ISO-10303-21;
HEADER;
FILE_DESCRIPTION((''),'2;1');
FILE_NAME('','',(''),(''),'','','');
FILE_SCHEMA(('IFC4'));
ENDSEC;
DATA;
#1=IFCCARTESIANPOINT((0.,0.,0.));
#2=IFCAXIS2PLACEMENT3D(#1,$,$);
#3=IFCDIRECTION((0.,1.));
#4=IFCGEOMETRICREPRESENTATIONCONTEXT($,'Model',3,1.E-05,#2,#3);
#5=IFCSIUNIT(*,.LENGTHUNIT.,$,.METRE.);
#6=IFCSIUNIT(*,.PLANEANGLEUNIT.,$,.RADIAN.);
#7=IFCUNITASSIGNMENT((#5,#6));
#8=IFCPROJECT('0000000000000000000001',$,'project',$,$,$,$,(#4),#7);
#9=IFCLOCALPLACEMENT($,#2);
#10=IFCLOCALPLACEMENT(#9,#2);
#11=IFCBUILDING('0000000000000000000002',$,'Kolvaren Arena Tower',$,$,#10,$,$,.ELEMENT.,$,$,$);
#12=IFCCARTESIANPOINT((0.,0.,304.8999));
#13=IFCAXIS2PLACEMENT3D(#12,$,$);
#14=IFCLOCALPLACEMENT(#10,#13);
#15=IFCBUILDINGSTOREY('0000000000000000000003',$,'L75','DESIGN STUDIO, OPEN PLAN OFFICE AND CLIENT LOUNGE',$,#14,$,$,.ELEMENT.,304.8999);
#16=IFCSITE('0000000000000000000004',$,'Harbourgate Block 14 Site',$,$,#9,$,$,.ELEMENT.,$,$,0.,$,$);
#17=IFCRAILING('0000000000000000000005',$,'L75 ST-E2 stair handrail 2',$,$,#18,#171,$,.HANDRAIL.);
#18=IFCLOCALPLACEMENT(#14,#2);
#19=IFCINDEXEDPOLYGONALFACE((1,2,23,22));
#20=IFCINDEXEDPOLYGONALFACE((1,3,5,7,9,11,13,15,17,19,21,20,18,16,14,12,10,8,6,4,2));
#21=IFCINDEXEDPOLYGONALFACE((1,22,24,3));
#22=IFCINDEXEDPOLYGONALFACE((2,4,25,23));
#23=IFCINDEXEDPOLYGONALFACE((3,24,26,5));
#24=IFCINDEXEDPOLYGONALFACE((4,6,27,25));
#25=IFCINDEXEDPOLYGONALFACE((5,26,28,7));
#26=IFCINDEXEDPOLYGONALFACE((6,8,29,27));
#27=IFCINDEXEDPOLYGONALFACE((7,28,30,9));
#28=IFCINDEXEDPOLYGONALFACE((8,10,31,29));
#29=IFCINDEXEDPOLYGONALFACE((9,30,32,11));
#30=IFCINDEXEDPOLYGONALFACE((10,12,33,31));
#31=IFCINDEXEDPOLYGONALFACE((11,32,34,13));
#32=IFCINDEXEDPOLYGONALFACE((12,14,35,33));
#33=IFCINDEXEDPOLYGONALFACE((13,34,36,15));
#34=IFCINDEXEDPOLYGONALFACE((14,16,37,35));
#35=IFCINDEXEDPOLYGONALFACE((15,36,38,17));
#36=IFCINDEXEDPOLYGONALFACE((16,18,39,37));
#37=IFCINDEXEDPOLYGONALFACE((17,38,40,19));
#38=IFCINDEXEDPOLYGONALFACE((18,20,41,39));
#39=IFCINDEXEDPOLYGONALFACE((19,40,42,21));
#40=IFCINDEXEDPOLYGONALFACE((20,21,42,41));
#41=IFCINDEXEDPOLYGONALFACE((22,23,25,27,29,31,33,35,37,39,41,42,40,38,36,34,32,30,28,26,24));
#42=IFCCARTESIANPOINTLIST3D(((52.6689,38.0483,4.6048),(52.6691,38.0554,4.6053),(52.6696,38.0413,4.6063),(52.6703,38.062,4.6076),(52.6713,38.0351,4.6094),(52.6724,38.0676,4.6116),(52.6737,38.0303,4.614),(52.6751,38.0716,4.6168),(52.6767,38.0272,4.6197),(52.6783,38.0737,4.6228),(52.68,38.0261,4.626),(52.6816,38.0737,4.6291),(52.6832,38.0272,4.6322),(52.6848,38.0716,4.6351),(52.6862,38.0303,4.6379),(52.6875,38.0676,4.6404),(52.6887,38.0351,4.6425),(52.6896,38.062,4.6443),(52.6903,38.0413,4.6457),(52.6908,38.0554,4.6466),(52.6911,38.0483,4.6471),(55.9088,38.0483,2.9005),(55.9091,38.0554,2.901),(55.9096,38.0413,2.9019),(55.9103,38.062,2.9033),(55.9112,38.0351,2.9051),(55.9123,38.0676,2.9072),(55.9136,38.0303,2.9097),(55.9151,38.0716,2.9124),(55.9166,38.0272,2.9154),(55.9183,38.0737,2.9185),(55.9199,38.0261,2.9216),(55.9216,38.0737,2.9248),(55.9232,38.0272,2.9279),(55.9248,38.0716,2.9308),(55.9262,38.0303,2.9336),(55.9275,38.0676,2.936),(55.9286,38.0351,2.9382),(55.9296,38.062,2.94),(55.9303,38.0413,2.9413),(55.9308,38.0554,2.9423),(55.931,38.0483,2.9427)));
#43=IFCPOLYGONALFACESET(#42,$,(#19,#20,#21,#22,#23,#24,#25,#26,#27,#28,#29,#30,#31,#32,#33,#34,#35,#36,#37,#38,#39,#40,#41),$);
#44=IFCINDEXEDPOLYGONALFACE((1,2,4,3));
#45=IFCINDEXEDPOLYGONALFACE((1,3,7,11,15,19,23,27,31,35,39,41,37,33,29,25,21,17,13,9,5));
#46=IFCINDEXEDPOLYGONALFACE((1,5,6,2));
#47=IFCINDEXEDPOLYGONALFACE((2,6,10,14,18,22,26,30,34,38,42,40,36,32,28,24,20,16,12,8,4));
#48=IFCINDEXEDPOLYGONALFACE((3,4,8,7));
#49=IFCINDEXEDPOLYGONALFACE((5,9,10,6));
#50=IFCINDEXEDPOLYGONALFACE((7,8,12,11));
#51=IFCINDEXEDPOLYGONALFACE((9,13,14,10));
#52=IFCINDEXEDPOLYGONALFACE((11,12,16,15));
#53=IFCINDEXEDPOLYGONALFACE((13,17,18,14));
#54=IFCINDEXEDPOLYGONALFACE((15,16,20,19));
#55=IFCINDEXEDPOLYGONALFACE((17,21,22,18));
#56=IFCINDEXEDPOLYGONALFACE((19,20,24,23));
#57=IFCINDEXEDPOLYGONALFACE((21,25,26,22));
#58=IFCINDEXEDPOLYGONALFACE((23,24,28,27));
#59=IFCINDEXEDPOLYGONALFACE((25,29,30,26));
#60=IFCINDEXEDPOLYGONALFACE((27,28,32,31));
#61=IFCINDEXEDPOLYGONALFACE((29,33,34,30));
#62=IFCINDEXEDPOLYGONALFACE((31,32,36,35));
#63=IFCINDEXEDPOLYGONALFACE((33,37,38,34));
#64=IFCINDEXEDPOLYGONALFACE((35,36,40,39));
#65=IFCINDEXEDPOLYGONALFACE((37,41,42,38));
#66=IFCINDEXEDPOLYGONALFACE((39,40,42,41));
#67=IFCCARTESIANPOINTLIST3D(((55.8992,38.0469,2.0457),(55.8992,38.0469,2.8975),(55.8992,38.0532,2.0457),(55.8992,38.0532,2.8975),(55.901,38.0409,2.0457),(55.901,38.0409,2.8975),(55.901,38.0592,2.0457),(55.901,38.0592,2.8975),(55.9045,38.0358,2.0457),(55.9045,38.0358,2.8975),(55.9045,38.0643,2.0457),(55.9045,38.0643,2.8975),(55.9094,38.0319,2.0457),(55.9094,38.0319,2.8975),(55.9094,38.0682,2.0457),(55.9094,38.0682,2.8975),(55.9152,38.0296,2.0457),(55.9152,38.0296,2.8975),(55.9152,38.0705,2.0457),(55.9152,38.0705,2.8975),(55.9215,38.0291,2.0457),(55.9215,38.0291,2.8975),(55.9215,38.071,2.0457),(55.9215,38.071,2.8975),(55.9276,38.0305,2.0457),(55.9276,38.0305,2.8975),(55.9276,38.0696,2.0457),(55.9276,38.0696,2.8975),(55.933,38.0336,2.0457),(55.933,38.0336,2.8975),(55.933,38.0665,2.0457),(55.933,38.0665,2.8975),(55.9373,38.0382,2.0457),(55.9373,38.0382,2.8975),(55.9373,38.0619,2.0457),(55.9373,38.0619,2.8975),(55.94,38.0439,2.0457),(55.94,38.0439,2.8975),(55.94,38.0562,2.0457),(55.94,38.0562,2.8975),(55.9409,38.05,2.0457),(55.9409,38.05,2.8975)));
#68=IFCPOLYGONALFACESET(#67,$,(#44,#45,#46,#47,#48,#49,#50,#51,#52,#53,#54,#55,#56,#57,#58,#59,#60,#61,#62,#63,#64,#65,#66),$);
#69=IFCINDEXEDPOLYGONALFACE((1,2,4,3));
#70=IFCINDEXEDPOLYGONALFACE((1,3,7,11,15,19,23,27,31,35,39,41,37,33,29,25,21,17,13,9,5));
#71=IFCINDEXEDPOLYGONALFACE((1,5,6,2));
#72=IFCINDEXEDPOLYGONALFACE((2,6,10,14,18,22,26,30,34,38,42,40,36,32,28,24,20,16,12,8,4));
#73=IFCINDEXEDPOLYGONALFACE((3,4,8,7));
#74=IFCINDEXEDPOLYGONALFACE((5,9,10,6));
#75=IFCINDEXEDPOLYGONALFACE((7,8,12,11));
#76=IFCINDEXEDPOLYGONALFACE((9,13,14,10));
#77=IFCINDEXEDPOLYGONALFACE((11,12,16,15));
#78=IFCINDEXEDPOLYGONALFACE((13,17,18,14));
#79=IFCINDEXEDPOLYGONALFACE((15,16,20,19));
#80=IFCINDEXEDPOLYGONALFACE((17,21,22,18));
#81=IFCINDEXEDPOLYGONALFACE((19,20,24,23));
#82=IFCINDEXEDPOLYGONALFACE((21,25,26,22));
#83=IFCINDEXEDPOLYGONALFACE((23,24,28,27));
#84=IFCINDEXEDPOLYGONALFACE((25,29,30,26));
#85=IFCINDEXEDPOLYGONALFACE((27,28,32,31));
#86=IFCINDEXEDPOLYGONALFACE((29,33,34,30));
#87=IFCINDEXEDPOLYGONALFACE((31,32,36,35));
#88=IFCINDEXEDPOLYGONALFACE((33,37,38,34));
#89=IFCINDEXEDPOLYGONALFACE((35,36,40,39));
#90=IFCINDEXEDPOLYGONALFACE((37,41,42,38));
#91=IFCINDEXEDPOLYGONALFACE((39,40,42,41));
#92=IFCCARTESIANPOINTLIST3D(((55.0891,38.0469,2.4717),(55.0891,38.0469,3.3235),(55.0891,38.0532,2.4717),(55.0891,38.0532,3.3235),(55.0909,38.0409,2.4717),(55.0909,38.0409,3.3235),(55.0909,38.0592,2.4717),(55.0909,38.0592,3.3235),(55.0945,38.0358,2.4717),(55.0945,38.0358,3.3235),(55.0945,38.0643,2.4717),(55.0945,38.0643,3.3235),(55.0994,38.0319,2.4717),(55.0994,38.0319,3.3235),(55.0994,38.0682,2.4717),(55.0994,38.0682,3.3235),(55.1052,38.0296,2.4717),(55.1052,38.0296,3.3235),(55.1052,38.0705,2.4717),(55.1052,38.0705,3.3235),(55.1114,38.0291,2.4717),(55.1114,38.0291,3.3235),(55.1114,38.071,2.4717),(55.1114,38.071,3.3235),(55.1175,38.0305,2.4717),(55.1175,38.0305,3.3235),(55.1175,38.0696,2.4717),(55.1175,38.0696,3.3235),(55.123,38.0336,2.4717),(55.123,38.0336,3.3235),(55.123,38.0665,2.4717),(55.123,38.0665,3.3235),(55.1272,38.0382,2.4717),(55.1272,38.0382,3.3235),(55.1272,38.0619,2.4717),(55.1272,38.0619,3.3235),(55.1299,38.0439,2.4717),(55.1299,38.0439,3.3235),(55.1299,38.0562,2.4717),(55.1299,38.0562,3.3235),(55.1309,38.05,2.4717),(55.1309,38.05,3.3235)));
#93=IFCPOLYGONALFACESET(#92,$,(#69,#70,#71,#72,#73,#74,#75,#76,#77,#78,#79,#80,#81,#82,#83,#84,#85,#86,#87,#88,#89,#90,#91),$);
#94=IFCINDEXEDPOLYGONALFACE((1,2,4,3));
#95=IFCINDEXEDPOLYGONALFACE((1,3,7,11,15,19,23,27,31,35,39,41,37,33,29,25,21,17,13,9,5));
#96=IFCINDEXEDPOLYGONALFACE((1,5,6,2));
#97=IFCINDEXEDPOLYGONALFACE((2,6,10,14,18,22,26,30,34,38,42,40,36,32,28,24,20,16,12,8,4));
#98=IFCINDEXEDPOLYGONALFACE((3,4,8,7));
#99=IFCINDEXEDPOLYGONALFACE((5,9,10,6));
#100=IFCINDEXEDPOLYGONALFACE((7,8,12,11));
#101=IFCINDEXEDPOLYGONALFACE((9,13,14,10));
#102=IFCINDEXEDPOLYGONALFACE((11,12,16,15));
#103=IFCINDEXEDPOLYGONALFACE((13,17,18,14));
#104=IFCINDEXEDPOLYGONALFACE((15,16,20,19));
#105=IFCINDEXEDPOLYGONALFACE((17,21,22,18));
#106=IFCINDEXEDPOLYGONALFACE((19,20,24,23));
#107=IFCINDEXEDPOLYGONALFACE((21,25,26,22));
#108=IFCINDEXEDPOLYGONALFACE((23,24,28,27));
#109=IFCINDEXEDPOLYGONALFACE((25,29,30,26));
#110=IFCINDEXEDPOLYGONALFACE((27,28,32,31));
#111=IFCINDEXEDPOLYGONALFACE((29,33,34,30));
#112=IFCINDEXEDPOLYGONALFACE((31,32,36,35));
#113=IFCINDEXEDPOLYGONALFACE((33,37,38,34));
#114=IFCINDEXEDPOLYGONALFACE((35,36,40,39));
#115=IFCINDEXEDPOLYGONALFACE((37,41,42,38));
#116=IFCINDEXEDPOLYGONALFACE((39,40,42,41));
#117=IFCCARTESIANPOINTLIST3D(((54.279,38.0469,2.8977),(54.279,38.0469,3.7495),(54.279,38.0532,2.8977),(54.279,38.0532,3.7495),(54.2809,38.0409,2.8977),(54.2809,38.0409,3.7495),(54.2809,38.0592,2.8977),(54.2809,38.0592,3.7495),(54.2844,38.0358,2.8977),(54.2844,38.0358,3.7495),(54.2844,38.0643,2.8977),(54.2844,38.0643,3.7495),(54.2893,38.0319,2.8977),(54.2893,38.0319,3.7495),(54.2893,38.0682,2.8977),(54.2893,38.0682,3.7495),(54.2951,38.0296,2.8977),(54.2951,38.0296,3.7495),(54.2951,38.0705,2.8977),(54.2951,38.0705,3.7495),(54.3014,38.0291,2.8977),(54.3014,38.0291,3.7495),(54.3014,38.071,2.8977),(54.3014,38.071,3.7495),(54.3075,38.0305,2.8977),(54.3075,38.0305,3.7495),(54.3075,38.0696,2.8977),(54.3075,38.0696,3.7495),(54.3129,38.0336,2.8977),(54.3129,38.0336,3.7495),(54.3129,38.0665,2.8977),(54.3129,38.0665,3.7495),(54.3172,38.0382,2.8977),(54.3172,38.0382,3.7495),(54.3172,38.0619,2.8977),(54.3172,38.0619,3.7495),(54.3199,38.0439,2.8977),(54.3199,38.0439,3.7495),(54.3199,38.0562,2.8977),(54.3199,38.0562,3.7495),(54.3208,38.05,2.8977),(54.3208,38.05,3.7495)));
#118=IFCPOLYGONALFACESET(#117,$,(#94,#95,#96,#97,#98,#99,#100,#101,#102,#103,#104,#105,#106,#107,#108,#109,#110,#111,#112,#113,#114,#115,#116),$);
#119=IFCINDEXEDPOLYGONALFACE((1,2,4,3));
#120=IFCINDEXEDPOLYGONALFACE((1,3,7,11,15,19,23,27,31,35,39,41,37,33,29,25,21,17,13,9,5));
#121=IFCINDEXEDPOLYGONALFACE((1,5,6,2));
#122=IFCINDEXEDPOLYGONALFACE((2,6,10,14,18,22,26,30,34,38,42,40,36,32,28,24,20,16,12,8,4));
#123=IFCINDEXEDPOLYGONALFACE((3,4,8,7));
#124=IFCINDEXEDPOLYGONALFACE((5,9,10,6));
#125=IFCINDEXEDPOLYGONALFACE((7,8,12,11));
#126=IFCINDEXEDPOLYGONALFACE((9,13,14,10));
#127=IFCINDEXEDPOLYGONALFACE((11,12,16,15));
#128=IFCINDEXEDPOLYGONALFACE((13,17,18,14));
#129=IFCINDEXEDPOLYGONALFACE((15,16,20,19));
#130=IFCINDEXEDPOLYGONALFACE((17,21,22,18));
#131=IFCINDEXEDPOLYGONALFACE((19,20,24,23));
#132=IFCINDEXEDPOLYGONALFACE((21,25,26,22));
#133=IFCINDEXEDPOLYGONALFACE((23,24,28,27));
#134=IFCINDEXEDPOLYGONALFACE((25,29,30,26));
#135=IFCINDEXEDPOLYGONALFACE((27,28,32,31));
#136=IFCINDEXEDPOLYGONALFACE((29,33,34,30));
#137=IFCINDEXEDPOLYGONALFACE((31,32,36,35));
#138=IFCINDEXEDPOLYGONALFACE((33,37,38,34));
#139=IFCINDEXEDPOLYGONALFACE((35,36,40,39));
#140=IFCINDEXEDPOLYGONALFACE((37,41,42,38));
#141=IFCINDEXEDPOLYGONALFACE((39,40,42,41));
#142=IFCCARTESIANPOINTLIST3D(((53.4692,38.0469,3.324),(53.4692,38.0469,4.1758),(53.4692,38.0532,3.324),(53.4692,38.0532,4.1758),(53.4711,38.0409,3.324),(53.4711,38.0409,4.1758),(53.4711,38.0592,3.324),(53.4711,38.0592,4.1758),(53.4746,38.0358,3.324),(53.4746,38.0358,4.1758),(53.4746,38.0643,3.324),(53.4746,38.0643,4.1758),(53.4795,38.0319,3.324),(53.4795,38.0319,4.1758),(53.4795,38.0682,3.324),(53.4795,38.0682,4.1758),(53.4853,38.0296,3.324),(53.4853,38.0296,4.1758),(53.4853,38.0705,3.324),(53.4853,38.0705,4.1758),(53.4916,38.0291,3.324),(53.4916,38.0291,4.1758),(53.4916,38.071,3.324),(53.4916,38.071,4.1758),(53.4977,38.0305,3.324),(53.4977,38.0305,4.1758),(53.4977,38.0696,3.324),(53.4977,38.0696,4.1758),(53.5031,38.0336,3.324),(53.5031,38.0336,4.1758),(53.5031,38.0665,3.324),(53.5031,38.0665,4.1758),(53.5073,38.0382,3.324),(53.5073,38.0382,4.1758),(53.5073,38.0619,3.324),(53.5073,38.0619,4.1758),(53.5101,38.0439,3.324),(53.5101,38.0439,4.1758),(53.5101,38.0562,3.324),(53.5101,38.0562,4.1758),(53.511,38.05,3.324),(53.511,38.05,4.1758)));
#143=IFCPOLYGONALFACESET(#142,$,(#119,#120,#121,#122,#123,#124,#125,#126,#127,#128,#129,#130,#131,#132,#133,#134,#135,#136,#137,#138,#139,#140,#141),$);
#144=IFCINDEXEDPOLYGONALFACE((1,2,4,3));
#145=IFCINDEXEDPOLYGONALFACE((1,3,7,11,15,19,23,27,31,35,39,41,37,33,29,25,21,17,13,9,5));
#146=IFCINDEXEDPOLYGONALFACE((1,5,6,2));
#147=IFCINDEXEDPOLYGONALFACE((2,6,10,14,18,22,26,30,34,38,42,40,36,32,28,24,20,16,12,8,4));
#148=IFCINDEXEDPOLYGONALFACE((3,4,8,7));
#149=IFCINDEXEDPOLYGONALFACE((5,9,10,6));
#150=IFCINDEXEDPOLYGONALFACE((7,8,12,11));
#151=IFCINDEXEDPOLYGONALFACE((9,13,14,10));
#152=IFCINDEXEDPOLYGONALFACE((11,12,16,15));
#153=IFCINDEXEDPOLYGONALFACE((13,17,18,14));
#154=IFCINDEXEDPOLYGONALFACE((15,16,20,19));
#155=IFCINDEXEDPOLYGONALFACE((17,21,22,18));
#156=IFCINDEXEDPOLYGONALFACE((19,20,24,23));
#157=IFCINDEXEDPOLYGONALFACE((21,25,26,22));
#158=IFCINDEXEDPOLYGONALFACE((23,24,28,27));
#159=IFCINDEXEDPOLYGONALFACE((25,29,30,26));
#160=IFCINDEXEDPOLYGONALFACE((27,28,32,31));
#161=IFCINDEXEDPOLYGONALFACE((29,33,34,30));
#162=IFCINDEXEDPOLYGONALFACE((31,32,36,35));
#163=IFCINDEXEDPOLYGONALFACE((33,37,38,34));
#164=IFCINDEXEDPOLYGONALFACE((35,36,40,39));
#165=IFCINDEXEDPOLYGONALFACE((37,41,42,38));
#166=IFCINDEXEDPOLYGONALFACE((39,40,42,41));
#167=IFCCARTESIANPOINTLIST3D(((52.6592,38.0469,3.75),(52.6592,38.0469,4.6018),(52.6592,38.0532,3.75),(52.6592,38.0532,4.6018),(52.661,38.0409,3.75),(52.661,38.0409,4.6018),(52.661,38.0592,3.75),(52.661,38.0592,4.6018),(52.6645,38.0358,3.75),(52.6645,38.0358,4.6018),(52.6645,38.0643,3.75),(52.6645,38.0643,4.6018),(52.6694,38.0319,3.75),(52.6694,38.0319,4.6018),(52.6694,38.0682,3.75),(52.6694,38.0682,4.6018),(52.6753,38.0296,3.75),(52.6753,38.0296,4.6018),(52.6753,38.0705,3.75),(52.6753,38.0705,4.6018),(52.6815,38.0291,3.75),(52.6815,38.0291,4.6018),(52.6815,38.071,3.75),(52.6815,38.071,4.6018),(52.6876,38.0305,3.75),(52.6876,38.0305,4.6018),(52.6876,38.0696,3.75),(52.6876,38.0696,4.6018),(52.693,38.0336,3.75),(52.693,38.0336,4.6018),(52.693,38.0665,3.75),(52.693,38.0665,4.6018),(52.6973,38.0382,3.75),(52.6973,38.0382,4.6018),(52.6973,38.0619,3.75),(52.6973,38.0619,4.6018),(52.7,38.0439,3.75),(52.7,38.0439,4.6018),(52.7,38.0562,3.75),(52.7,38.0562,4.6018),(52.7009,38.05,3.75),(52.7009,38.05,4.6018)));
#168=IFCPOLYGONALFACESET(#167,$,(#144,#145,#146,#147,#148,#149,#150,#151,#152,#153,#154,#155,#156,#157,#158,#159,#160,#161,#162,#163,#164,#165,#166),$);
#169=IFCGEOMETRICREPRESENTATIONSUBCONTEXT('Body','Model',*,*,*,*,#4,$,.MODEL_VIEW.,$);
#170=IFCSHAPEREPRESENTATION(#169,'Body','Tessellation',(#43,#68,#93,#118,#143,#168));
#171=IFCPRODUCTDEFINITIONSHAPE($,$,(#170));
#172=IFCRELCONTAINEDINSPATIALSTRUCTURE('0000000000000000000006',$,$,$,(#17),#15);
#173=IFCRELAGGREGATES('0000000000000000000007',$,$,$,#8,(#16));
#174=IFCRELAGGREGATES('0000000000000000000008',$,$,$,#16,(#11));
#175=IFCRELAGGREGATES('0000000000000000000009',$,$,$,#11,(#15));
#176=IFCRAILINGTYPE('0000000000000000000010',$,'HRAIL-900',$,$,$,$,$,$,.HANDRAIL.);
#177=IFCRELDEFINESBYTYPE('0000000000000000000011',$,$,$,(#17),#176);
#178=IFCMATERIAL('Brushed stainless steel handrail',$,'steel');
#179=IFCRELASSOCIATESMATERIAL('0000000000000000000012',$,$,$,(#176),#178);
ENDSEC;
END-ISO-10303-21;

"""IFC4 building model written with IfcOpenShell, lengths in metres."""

from ifc_helpers import new_model, si_unit, direction, frame, origin, origin_2d, place, context, subcontext, project, spatial, circle, extrude, material, type_object, element, save


model = new_model("IFC4")

# Units and contexts
model_context = context("Model", 3, precision=1e-05, world=origin(), true_north=direction((0.0, 1.0)))
body_context = subcontext(model_context, "Body", "Model", "MODEL_VIEW")
ifc_project = project(units=[si_unit("LENGTHUNIT", "METRE"), si_unit("PLANEANGLEUNIT", "RADIAN")], contexts=[model_context])

# Site, building, storey
site_placement = place(None, origin())
site = spatial("IfcSite", under=ifc_project, at=site_placement, Name="Harbourgate Block 14 Site", CompositionType="ELEMENT", RefElevation=0.0)
building_placement = place(site_placement, origin())
building = spatial("IfcBuilding", under=site, at=building_placement, Name="Kolvaren Arena Tower", CompositionType="ELEMENT")
storey_placement = place(building_placement, frame((0.0, 0.0, 304.8999)))
storey = spatial("IfcBuildingStorey", under=building, at=storey_placement, Name="L75", Description="DESIGN STUDIO, OPEN PLAN OFFICE AND CLIENT LOUNGE", CompositionType="ELEMENT", Elevation=304.8999)

# Railing
ifc_material_1 = material(Name="Brushed stainless steel handrail", Category="steel")
railing_type_1 = type_object("IfcRailingType", Name="HRAIL-900", PredefinedType="HANDRAIL", material=ifc_material_1)
for number, where, name in (
    (1, (55.9199, 38.05, 2.0457), "L75 ST-E2 stair handrail 2"),
):
    element("IfcRailing", number, at=place(storey_placement, frame(where)), inside=storey, type_object=railing_type_1, Name=name, PredefinedType="HANDRAIL", context=body_context, shape_type="SweptSolid", body=[
        extrude(circle(Radius=0.0239, at=origin_2d()), frame((0.0, 0.0, 0.876), z_axis=(-0.885021, 0.0, 0.465551), x_axis=(0.0, -1.0, 0.0)), (0.0, 0.0, 1.0), 3.6609),
        extrude(circle(Radius=0.021, at=origin_2d()), origin(), (0.0, 0.0, 1.0), 0.8518),
        extrude(circle(Radius=0.021, at=origin_2d()), frame((-0.8101, 0.0, 0.426)), (0.0, 0.0, 1.0), 0.8518),
        extrude(circle(Radius=0.021, at=origin_2d()), frame((-1.6201, 0.0, 0.8521)), (0.0, 0.0, 1.0), 0.8518),
        extrude(circle(Radius=0.021, at=origin_2d()), frame((-2.4299, 0.0, 1.2783)), (0.0, 0.0, 1.0), 0.8518),
        extrude(circle(Radius=0.021, at=origin_2d()), frame((-3.24, 0.0, 1.7043)), (0.0, 0.0, 1.0), 0.8518),
    ])

save(model, "model.ifc")
